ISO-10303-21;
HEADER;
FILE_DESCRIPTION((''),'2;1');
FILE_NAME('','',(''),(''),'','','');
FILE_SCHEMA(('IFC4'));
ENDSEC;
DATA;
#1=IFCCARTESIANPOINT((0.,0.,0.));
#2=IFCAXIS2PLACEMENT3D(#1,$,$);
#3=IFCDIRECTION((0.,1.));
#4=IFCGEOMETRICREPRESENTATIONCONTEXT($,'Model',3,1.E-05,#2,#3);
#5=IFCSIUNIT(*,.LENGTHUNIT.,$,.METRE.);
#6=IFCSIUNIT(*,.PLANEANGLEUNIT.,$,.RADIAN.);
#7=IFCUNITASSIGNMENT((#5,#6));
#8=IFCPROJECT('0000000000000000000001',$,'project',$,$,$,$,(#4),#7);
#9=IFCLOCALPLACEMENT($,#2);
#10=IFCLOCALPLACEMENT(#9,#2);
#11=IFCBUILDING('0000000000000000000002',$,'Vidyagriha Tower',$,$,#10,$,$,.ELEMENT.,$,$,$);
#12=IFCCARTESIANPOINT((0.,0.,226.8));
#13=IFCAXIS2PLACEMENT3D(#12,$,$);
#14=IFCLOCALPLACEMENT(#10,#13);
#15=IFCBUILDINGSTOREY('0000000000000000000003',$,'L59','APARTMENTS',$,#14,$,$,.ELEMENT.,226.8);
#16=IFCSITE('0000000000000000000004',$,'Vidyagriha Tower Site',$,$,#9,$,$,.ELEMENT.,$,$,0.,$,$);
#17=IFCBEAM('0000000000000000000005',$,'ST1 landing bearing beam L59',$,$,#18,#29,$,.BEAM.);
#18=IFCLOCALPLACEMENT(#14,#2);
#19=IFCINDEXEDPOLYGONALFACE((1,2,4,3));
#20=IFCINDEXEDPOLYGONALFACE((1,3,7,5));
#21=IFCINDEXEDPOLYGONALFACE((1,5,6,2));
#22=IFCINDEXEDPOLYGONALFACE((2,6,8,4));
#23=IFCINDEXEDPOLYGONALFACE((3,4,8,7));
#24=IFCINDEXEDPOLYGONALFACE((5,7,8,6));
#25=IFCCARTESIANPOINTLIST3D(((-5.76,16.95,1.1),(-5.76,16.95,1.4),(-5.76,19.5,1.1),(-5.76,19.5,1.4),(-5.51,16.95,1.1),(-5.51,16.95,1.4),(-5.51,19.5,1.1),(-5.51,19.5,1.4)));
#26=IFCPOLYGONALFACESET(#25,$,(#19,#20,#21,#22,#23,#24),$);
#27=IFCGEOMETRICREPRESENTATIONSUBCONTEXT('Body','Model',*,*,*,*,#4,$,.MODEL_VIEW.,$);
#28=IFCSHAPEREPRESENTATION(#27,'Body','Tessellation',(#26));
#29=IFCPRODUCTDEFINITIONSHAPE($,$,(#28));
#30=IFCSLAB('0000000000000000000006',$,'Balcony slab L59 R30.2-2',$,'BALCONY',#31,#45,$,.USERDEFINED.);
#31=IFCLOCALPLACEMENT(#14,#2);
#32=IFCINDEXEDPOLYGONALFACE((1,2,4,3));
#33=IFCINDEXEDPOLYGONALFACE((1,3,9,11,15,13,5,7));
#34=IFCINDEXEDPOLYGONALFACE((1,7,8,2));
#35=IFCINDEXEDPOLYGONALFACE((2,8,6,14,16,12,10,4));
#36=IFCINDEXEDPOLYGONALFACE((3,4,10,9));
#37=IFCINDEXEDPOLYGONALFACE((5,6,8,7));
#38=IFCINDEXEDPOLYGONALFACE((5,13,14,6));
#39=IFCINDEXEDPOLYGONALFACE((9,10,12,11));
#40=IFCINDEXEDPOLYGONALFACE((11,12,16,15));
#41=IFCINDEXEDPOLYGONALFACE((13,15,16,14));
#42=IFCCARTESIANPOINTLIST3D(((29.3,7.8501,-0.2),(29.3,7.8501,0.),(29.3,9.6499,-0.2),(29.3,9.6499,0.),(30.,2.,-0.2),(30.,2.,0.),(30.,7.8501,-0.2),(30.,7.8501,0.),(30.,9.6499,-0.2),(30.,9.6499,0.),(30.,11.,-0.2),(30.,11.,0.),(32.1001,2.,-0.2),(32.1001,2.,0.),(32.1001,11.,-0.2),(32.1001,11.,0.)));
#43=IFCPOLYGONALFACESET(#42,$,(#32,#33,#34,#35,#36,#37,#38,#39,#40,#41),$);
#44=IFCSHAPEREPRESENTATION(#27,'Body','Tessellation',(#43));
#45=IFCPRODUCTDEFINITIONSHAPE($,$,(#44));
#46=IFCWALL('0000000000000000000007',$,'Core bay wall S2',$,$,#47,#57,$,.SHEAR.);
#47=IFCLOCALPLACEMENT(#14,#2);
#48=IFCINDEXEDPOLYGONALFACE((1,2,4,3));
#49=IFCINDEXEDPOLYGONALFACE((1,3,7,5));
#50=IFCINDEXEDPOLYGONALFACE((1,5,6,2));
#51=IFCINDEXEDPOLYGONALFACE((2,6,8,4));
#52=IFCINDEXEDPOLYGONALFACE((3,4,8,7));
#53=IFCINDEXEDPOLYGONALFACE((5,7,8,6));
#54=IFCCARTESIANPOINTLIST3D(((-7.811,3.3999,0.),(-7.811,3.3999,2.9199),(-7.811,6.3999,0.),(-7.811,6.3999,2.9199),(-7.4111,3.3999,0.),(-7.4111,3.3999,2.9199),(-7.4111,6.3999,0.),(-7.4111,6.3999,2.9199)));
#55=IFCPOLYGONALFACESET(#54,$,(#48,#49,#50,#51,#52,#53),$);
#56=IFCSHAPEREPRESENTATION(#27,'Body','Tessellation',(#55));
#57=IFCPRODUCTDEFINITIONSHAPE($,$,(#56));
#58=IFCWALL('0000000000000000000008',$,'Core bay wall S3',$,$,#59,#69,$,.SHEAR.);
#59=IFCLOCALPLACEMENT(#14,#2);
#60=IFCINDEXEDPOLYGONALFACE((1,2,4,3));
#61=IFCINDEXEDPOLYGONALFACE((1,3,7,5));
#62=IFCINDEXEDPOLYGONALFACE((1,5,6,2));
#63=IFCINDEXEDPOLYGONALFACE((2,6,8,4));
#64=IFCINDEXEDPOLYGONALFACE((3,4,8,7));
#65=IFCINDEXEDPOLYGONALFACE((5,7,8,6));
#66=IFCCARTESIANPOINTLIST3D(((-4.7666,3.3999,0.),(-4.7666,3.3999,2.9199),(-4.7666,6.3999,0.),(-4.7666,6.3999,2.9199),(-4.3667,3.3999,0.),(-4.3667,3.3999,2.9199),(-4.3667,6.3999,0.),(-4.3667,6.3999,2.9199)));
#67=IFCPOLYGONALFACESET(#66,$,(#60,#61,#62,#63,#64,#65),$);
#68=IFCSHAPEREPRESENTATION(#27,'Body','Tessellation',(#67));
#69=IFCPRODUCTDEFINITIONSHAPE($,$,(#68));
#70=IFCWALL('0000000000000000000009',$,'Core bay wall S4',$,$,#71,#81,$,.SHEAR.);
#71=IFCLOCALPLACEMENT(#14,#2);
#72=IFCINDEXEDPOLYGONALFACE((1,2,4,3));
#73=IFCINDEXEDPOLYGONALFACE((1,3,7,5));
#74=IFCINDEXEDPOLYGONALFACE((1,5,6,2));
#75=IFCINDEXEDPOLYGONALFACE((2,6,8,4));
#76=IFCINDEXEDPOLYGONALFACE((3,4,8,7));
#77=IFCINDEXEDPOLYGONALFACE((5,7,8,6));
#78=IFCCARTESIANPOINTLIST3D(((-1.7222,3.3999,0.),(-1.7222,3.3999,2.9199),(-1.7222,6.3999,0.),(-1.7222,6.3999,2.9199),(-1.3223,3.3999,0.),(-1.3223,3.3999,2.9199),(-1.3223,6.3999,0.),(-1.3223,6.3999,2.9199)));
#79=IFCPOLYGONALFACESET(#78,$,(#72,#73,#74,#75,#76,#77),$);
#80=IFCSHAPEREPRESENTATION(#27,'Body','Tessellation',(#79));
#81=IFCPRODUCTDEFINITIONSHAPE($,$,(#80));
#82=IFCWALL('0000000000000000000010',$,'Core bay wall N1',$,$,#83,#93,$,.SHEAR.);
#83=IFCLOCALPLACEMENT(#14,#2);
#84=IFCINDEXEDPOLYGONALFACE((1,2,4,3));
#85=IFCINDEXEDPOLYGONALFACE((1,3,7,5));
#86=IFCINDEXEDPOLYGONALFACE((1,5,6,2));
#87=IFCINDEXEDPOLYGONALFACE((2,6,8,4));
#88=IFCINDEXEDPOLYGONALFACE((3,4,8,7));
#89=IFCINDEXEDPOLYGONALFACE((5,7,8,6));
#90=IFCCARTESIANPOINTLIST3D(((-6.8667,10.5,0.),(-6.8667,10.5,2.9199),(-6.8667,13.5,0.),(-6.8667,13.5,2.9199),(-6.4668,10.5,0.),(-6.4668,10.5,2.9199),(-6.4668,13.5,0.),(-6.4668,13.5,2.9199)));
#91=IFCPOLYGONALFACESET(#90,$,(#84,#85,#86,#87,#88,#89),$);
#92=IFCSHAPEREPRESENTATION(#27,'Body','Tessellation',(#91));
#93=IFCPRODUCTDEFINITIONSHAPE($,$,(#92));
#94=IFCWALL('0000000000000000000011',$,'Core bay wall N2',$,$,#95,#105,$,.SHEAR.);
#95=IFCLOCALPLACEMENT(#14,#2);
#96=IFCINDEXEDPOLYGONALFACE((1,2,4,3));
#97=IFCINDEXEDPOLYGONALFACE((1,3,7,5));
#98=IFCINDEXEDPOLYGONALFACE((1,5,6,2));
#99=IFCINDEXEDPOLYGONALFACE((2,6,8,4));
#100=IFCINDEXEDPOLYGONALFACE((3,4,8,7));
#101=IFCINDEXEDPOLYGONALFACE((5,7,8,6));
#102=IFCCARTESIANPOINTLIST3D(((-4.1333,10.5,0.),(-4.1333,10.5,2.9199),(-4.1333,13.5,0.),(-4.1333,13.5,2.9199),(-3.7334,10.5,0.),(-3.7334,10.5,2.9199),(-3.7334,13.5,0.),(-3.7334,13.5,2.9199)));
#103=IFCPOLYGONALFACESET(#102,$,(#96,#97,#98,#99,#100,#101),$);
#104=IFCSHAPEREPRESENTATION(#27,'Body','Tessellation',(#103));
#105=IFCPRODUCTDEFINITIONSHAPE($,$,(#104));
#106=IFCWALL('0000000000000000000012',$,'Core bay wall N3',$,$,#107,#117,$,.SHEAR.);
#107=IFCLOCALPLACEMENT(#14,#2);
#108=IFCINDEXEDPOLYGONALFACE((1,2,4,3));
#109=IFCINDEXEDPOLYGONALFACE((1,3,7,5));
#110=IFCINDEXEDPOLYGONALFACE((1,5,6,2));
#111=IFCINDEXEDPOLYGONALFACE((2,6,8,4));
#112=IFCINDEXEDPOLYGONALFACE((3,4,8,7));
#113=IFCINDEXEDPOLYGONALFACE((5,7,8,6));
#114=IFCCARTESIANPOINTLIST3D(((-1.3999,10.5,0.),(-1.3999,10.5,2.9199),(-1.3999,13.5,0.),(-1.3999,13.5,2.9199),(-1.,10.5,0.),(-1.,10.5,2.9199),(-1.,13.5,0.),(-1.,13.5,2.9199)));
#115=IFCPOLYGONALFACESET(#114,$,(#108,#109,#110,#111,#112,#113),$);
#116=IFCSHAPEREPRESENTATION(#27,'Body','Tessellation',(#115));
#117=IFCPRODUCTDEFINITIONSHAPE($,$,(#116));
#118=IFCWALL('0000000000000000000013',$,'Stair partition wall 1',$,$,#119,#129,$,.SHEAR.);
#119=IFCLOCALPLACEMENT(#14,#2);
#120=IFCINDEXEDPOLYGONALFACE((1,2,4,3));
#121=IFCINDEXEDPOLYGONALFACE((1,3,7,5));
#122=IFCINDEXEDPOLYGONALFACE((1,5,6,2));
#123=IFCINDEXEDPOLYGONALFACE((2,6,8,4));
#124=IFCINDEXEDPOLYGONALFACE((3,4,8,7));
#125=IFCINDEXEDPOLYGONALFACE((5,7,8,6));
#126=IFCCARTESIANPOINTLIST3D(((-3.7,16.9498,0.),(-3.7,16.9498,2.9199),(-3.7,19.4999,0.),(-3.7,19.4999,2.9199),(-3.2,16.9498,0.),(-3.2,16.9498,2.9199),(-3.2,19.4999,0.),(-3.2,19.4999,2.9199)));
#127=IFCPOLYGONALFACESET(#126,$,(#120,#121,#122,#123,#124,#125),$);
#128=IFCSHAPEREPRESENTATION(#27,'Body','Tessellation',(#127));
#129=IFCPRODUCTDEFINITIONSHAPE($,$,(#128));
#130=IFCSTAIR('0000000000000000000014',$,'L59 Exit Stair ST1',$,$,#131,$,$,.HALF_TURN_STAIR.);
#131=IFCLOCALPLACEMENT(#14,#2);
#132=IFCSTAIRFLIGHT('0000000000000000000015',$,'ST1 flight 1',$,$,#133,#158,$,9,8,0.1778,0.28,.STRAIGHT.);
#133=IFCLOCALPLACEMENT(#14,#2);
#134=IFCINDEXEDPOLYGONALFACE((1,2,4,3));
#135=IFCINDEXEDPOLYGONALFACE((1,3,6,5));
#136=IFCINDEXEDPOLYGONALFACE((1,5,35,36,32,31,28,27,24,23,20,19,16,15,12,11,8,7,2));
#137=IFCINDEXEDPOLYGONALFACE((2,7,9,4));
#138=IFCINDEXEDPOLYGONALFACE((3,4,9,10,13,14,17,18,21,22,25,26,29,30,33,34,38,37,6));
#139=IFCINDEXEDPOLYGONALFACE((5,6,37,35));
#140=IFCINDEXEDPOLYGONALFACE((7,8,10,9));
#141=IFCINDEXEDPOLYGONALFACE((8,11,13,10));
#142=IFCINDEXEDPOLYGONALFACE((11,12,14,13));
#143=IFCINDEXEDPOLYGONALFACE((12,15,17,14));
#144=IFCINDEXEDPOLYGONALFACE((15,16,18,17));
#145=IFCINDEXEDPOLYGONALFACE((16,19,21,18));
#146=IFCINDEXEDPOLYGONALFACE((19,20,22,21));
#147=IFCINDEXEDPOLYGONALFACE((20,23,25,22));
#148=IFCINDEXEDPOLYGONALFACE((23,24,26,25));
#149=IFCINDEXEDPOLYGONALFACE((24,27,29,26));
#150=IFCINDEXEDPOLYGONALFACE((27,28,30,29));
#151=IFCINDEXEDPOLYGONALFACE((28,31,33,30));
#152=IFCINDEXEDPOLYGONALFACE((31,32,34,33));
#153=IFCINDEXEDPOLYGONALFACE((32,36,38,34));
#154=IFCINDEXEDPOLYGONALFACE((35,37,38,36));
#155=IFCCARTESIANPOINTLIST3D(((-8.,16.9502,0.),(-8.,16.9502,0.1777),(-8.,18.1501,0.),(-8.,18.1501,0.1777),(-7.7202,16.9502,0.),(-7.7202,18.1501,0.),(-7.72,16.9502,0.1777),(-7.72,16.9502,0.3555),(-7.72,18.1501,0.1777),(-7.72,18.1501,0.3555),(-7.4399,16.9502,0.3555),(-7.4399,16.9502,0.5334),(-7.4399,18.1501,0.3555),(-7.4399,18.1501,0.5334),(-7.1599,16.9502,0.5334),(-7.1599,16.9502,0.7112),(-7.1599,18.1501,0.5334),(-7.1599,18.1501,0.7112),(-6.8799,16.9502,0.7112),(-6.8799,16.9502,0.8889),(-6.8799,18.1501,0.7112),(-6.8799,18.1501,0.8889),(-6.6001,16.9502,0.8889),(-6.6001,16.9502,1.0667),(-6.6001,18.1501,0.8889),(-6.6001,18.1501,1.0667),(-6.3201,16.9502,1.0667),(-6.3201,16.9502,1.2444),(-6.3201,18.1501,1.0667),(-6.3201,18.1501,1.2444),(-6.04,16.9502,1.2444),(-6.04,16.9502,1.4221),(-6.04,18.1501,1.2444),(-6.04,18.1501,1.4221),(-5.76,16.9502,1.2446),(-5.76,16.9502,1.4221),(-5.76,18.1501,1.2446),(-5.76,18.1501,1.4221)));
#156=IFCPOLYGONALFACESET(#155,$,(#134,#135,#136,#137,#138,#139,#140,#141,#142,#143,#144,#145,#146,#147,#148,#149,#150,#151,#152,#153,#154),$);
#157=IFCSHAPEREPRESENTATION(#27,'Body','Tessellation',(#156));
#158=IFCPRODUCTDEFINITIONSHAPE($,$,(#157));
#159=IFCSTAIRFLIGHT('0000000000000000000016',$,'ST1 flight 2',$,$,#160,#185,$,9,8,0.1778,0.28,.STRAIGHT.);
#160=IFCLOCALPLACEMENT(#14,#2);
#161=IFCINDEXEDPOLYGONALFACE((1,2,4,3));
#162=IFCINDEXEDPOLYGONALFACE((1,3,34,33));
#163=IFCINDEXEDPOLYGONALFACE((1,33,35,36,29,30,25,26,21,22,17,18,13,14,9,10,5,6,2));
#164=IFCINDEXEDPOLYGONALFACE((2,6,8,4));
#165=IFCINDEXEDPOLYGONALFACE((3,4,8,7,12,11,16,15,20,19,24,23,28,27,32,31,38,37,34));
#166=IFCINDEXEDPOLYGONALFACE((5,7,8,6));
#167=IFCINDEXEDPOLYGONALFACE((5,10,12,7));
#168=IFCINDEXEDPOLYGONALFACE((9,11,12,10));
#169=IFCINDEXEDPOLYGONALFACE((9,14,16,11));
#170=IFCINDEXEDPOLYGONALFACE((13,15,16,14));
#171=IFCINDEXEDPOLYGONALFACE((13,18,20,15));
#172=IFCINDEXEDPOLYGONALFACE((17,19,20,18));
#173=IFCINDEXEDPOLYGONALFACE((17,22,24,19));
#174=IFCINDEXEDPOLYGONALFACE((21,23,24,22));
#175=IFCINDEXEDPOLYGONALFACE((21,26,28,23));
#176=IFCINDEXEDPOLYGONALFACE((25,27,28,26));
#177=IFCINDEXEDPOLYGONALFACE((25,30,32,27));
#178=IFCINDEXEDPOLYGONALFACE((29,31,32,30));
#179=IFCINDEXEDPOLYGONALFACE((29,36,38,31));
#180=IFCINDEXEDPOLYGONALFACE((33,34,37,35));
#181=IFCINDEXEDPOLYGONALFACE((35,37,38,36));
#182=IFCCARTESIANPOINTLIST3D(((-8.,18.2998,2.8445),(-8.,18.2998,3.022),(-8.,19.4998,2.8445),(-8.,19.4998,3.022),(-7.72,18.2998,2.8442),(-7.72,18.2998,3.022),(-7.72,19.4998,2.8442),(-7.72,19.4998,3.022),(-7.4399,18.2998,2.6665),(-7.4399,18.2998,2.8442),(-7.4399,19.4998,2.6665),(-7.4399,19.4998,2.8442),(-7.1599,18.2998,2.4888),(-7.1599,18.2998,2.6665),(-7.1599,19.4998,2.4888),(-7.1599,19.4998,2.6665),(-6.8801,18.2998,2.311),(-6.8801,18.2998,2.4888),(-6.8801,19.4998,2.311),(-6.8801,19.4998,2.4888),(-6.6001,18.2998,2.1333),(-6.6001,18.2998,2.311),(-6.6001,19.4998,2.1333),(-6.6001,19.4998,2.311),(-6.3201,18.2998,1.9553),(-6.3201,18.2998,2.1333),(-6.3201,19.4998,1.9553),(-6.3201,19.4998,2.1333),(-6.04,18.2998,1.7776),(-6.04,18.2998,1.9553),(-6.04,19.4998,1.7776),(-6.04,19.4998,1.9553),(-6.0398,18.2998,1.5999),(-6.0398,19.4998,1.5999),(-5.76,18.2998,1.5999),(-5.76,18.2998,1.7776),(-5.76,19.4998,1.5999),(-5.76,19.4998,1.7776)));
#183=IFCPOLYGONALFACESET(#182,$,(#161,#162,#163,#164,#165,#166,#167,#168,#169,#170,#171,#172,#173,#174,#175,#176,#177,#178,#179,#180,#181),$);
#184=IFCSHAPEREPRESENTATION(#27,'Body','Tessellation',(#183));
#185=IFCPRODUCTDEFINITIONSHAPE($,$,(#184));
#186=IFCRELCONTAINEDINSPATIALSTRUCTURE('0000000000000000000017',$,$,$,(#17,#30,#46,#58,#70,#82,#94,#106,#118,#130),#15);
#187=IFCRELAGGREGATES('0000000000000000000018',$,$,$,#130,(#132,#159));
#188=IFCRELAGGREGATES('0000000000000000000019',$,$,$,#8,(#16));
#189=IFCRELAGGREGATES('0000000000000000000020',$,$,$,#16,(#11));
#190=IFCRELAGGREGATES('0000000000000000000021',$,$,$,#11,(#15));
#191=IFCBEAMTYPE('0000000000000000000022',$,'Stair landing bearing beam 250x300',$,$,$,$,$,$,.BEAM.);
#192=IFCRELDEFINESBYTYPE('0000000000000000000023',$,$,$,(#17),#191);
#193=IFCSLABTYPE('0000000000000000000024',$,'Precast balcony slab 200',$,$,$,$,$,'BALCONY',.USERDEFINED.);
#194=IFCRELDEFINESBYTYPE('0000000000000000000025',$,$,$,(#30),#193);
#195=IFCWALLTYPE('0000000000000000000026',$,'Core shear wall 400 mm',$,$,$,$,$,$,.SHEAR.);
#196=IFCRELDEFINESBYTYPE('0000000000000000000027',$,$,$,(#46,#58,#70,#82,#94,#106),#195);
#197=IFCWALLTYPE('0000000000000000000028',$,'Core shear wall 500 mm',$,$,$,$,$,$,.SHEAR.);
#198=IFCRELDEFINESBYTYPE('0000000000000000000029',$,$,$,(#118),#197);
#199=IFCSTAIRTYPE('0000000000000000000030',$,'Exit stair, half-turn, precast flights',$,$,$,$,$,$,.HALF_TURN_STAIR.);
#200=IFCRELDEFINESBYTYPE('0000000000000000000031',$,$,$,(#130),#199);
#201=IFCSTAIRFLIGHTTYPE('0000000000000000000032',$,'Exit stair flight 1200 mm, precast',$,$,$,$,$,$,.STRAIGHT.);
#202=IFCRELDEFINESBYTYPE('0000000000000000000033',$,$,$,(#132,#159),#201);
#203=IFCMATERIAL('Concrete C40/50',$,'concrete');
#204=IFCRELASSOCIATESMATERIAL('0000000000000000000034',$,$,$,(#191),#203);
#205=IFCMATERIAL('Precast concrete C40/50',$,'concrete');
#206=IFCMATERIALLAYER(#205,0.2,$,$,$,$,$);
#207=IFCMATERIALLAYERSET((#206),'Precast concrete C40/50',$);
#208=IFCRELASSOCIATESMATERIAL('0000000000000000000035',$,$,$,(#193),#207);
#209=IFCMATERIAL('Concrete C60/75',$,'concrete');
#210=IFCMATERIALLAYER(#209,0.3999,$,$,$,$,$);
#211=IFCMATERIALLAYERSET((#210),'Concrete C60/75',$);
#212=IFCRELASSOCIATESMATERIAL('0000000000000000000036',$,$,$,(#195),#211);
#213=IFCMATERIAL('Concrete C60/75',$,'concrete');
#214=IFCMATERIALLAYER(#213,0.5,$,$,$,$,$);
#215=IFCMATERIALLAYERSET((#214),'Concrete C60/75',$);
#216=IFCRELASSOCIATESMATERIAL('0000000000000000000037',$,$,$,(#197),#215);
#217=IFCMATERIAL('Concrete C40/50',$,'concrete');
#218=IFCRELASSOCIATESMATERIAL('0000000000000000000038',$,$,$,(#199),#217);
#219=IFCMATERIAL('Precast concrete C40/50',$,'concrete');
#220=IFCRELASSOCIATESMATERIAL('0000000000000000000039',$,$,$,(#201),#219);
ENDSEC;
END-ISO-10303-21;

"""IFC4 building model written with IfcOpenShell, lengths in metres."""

from ifc_helpers import new_model, si_unit, direction, frame, frame_2d, origin, origin_2d, place, context, subcontext, project, spatial, polyline, rectangle, outline, extrude, material, layer, layer_set, material_profile, profile_set, type_object, element, aggregate, save


model = new_model("IFC4")

# Units and contexts
model_context = context("Model", 3, precision=1e-05, world=origin(), true_north=direction((0.0, 1.0)))
body_context = subcontext(model_context, "Body", "Model", "MODEL_VIEW")
ifc_project = project(units=[si_unit("LENGTHUNIT", "METRE"), si_unit("PLANEANGLEUNIT", "RADIAN")], contexts=[model_context])

# Site, building, storey
site_placement = place(None, origin())
site = spatial("IfcSite", under=ifc_project, at=site_placement, Name="Vidyagriha Tower Site", CompositionType="ELEMENT", RefElevation=0.0)
building_placement = place(site_placement, origin())
building = spatial("IfcBuilding", under=site, at=building_placement, Name="Vidyagriha Tower", CompositionType="ELEMENT")
storey_placement = place(building_placement, frame((0.0, 0.0, 226.8)))
storey = spatial("IfcBuildingStorey", under=building, at=storey_placement, Name="L59", Description="APARTMENTS", CompositionType="ELEMENT", Elevation=226.8)

# Beam
ifc_material_1 = material(Name="Concrete C40/50", Category="concrete")
ifc_material_profile = material_profile(ifc_material_1, rectangle(XDim=0.25, YDim=0.3, at=origin_2d()), Name="Stair landing bearing beam 250x300")
ifc_profile_set = profile_set([ifc_material_profile], Name="Concrete C40/50")
beam_type = type_object("IfcBeamType", Name="Stair landing bearing beam 250x300", PredefinedType="BEAM", material=ifc_profile_set)
beam_placement = place(storey_placement, frame((-5.635, 16.95, 1.25), z_axis=(0.0, 1.0, 0.0), x_axis=(-1.0, 0.0, 0.0)))
element("IfcBeam", 1, at=beam_placement, inside=storey, type_object=beam_type, Name="ST1 landing bearing beam L59", PredefinedType="BEAM", context=body_context, shape_type="SweptSolid", body=[
    extrude(rectangle(XDim=0.25, YDim=0.3, at=origin_2d()), origin(), (0.0, 0.0, 1.0), 2.55),
])

# Slab
ifc_material_2 = material(Name="Precast concrete C40/50", Category="concrete")
ifc_layer_1 = layer(ifc_material_2, 0.2)
ifc_layer_set_1 = layer_set([ifc_layer_1], Name="Precast concrete C40/50")
slab_type = type_object("IfcSlabType", Name="Precast balcony slab 200", ElementType="BALCONY", PredefinedType="USERDEFINED", material=ifc_layer_set_1)
slab_placement = place(storey_placement, frame((0.0, 0.0, -0.2)))
element("IfcSlab", 2, at=slab_placement, inside=storey, type_object=slab_type, Name="Balcony slab L59 R30.2-2", ObjectType="BALCONY", PredefinedType="USERDEFINED", context=body_context, shape_type="SweptSolid", body=[
    extrude(outline(polyline([(30.0, 7.8501), (30.0, 2.0), (32.1001, 2.0), (32.1001, 11.0), (30.0, 11.0), (30.0, 9.6499), (29.3, 9.6499), (29.3, 7.8501), (30.0, 7.8501)])), origin(), (0.0, 0.0, 1.0), 0.2),
])

# Walls
ifc_material_3 = material(Name="Concrete C60/75", Category="concrete")
ifc_layer_2 = layer(ifc_material_3, 0.3999)
ifc_layer_set_2 = layer_set([ifc_layer_2], Name="Concrete C60/75")
wall_type_1 = type_object("IfcWallType", Name="Core shear wall 400 mm", PredefinedType="SHEAR", material=ifc_layer_set_2)
for number, where, z_axis, x_axis, name in (
    (3, (-7.6111, 3.3999, 0.0), (0.0, 0.0, 1.0), (0.0, 1.0, 0.0), "Core bay wall S2"),
    (4, (-4.5667, 3.3999, 0.0), (0.0, 0.0, 1.0), (0.0, 1.0, 0.0), "Core bay wall S3"),
    (5, (-1.5222, 3.3999, 0.0), (0.0, 0.0, 1.0), (0.0, 1.0, 0.0), "Core bay wall S4"),
    (6, (-6.6667, 10.5, 0.0), (0.0, 0.0, 1.0), (0.0, 1.0, 0.0), "Core bay wall N1"),
    (7, (-3.9333, 10.5, 0.0), (0.0, 0.0, 1.0), (0.0, 1.0, 0.0), "Core bay wall N2"),
    (8, (-1.2, 10.5, 0.0), (0.0, 0.0, 1.0), (0.0, 1.0, 0.0), "Core bay wall N3"),
):
    element("IfcWall", number, at=place(storey_placement, frame(where, z_axis=z_axis, x_axis=x_axis)), inside=storey, type_object=wall_type_1, Name=name, PredefinedType="SHEAR", context=body_context, shape_type="SweptSolid", body=[
        extrude(rectangle(XDim=3.0, YDim=0.3999, at=frame_2d((1.5, 0.0))), origin(), (0.0, 0.0, 1.0), 2.9199),
    ])
ifc_material_4 = material(Name="Concrete C60/75", Category="concrete")
ifc_layer_3 = layer(ifc_material_4, 0.5)
ifc_layer_set_3 = layer_set([ifc_layer_3], Name="Concrete C60/75")
wall_type_2 = type_object("IfcWallType", Name="Core shear wall 500 mm", PredefinedType="SHEAR", material=ifc_layer_set_3)
wall_placement = place(storey_placement, frame((-3.45, 16.95, 0.0), z_axis=(0.0, 0.0, 1.0), x_axis=(0.0, 1.0, 0.0)))
element("IfcWall", 9, at=wall_placement, inside=storey, type_object=wall_type_2, Name="Stair partition wall 1", PredefinedType="SHEAR", context=body_context, shape_type="SweptSolid", body=[
    extrude(rectangle(XDim=2.55, YDim=0.5, at=frame_2d((1.2749, 0.0))), origin(), (0.0, 0.0, 1.0), 2.9199),
])

# Stair, stair flights
ifc_material_5 = material(Name="Concrete C40/50", Category="concrete")
stair_type = type_object("IfcStairType", Name="Exit stair, half-turn, precast flights", PredefinedType="HALF_TURN_STAIR", material=ifc_material_5)
stair_1_placement = place(storey_placement, origin())
stair_1 = element("IfcStair", 10, at=stair_1_placement, inside=storey, type_object=stair_type, Name="L59 Exit Stair ST1", PredefinedType="HALF_TURN_STAIR")
ifc_material_6 = material(Name="Precast concrete C40/50", Category="concrete")
stair_flight_type = type_object("IfcStairFlightType", Name="Exit stair flight 1200 mm, precast", PredefinedType="STRAIGHT", material=ifc_material_6)
stair_flight_1_placement = place(storey_placement, frame((-8.0, 17.55, 0.0)))
stair_flight_1 = element("IfcStairFlight", 11, at=stair_flight_1_placement, type_object=stair_flight_type, Name="ST1 flight 1", NumberOfRisers=9, NumberOfTreads=8, PredefinedType="STRAIGHT", RiserHeight=0.1778, TreadLength=0.28, context=body_context, shape_type="SweptSolid", body=[
    extrude(outline(polyline([(0.0, 0.0), (0.0, 0.1777), (0.28, 0.1777), (0.28, 0.3555), (0.5601, 0.3555), (0.5601, 0.5334), (0.8401, 0.5334), (0.8401, 0.7112), (1.1201, 0.7112), (1.1201, 0.8889), (1.3999, 0.8889), (1.3999, 1.0667), (1.6799, 1.0667), (1.6799, 1.2444), (1.96, 1.2444), (1.96, 1.4221), (2.24, 1.4221), (2.24, 1.6001), (2.24, 1.2446), (0.2798, 0.0), (0.0, 0.0)])), frame((0.0, 0.6001, 0.0), z_axis=(0.0, -1.0, 0.0), x_axis=(1.0, 0.0, 0.0)), (0.0, 0.0, 1.0), 1.2),
])
stair_flight_2_placement = place(storey_placement, frame((-5.76, 18.8999, 1.5999), z_axis=(0.0, 0.0, 1.0), x_axis=(-1.0, 0.0, 0.0)))
stair_flight_2 = element("IfcStairFlight", 12, at=stair_flight_2_placement, type_object=stair_flight_type, Name="ST1 flight 2", NumberOfRisers=9, NumberOfTreads=8, PredefinedType="STRAIGHT", RiserHeight=0.1778, TreadLength=0.28, context=body_context, shape_type="SweptSolid", body=[
    extrude(outline(polyline([(0.0, 0.0), (0.0, 0.1777), (0.28, 0.1777), (0.28, 0.3555), (0.5601, 0.3555), (0.5601, 0.5334), (0.8401, 0.5334), (0.8401, 0.7112), (1.1201, 0.7112), (1.1201, 0.8889), (1.3999, 0.8889), (1.3999, 1.0667), (1.6799, 1.0667), (1.6799, 1.2444), (1.96, 1.2444), (1.96, 1.4221), (2.24, 1.4221), (2.24, 1.6001), (2.24, 1.2446), (0.2798, 0.0), (0.0, 0.0)])), frame((0.0, 0.6001, 0.0), z_axis=(0.0, -1.0, 0.0), x_axis=(1.0, 0.0, 0.0)), (0.0, 0.0, 1.0), 1.2),
])
aggregate(stair_1, [stair_flight_1, stair_flight_2])

save(model, "model.ifc")
